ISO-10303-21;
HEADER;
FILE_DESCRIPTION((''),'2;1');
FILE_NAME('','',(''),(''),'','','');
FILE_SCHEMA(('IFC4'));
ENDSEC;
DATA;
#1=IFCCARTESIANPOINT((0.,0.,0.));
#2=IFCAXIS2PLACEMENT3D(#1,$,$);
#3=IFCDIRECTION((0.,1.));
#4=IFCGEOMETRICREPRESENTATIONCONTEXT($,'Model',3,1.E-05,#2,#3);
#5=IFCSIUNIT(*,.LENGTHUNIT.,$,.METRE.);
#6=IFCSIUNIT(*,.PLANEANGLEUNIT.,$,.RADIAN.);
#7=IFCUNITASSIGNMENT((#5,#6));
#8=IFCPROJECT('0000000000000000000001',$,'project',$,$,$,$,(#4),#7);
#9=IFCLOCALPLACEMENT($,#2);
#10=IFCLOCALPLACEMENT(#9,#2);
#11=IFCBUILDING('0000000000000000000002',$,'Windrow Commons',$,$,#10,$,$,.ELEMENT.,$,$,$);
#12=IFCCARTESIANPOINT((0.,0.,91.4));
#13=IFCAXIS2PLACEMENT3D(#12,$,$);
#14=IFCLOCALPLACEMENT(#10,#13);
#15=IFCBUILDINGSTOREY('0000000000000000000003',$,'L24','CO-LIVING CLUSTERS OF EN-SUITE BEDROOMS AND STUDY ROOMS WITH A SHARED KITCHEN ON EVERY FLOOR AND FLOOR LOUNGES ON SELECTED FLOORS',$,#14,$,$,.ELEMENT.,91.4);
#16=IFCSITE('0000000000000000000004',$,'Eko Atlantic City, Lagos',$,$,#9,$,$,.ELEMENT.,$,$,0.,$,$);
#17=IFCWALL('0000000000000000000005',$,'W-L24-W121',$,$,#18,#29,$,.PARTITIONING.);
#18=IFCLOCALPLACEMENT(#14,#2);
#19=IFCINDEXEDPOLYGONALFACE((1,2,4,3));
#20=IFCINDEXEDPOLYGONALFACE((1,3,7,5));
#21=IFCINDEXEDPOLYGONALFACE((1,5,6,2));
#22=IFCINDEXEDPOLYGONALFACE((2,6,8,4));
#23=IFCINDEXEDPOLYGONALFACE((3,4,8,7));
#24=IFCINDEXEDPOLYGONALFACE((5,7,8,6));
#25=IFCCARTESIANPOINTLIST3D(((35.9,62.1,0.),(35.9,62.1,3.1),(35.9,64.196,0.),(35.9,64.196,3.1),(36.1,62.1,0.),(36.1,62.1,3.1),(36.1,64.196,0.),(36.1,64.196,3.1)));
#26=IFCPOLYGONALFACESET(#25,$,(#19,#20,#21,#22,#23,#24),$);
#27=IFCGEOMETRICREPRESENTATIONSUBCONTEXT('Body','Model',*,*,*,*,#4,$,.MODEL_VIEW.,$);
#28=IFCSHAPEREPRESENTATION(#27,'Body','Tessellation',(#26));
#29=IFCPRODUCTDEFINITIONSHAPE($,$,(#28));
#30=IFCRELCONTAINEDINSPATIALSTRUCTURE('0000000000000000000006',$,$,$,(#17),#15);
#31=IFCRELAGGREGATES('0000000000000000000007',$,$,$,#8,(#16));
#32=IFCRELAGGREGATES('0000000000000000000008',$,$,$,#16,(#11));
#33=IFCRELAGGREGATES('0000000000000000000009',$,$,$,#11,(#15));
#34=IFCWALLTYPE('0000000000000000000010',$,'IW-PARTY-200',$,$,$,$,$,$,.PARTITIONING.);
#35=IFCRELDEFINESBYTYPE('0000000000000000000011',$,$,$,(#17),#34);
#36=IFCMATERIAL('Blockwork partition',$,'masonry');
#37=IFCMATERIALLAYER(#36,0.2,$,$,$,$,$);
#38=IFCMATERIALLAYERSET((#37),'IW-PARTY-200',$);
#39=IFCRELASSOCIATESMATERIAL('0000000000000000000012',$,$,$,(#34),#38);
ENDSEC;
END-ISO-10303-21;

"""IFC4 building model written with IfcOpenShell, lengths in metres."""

from ifc_helpers import new_model, si_unit, direction, frame, frame_2d, origin, place, context, subcontext, project, spatial, rectangle, extrude, material, layer, layer_set, type_object, element, save


model = new_model("IFC4")

# Units and contexts
model_context = context("Model", 3, precision=1e-05, world=origin(), true_north=direction((0.0, 1.0)))
body_context = subcontext(model_context, "Body", "Model", "MODEL_VIEW")
ifc_project = project(units=[si_unit("LENGTHUNIT", "METRE"), si_unit("PLANEANGLEUNIT", "RADIAN")], contexts=[model_context])

# Site, building, storey
site_placement = place(None, origin())
site = spatial("IfcSite", under=ifc_project, at=site_placement, Name="Eko Atlantic City, Lagos", CompositionType="ELEMENT", RefElevation=0.0)
building_placement = place(site_placement, origin())
building = spatial("IfcBuilding", under=site, at=building_placement, Name="Windrow Commons", CompositionType="ELEMENT")
storey_placement = place(building_placement, frame((0.0, 0.0, 91.4)))
storey = spatial("IfcBuildingStorey", under=building, at=storey_placement, Name="L24", Description="CO-LIVING CLUSTERS OF EN-SUITE BEDROOMS AND STUDY ROOMS WITH A SHARED KITCHEN ON EVERY FLOOR AND FLOOR LOUNGES ON SELECTED FLOORS", CompositionType="ELEMENT", Elevation=91.4)

# Wall
ifc_material_1 = material(Name="Blockwork partition", Category="masonry")
ifc_layer_1 = layer(ifc_material_1, 0.2)
ifc_layer_set_1 = layer_set([ifc_layer_1], Name="IW-PARTY-200")
wall_type_1 = type_object("IfcWallType", Name="IW-PARTY-200", PredefinedType="PARTITIONING", material=ifc_layer_set_1)
wall_1_placement = place(storey_placement, frame((36.0, 62.1, 0.0), z_axis=(0.0, 0.0, 1.0), x_axis=(0.0, 1.0, 0.0)))
element("IfcWall", 1, at=wall_1_placement, inside=storey, type_object=wall_type_1, Name="W-L24-W121", PredefinedType="PARTITIONING", context=body_context, shape_type="SweptSolid", body=[
    extrude(rectangle(XDim=2.096, YDim=0.2, at=frame_2d((1.048, 0.0))), origin(), (0.0, 0.0, 1.0), 3.1),
])

save(model, "model.ifc")
